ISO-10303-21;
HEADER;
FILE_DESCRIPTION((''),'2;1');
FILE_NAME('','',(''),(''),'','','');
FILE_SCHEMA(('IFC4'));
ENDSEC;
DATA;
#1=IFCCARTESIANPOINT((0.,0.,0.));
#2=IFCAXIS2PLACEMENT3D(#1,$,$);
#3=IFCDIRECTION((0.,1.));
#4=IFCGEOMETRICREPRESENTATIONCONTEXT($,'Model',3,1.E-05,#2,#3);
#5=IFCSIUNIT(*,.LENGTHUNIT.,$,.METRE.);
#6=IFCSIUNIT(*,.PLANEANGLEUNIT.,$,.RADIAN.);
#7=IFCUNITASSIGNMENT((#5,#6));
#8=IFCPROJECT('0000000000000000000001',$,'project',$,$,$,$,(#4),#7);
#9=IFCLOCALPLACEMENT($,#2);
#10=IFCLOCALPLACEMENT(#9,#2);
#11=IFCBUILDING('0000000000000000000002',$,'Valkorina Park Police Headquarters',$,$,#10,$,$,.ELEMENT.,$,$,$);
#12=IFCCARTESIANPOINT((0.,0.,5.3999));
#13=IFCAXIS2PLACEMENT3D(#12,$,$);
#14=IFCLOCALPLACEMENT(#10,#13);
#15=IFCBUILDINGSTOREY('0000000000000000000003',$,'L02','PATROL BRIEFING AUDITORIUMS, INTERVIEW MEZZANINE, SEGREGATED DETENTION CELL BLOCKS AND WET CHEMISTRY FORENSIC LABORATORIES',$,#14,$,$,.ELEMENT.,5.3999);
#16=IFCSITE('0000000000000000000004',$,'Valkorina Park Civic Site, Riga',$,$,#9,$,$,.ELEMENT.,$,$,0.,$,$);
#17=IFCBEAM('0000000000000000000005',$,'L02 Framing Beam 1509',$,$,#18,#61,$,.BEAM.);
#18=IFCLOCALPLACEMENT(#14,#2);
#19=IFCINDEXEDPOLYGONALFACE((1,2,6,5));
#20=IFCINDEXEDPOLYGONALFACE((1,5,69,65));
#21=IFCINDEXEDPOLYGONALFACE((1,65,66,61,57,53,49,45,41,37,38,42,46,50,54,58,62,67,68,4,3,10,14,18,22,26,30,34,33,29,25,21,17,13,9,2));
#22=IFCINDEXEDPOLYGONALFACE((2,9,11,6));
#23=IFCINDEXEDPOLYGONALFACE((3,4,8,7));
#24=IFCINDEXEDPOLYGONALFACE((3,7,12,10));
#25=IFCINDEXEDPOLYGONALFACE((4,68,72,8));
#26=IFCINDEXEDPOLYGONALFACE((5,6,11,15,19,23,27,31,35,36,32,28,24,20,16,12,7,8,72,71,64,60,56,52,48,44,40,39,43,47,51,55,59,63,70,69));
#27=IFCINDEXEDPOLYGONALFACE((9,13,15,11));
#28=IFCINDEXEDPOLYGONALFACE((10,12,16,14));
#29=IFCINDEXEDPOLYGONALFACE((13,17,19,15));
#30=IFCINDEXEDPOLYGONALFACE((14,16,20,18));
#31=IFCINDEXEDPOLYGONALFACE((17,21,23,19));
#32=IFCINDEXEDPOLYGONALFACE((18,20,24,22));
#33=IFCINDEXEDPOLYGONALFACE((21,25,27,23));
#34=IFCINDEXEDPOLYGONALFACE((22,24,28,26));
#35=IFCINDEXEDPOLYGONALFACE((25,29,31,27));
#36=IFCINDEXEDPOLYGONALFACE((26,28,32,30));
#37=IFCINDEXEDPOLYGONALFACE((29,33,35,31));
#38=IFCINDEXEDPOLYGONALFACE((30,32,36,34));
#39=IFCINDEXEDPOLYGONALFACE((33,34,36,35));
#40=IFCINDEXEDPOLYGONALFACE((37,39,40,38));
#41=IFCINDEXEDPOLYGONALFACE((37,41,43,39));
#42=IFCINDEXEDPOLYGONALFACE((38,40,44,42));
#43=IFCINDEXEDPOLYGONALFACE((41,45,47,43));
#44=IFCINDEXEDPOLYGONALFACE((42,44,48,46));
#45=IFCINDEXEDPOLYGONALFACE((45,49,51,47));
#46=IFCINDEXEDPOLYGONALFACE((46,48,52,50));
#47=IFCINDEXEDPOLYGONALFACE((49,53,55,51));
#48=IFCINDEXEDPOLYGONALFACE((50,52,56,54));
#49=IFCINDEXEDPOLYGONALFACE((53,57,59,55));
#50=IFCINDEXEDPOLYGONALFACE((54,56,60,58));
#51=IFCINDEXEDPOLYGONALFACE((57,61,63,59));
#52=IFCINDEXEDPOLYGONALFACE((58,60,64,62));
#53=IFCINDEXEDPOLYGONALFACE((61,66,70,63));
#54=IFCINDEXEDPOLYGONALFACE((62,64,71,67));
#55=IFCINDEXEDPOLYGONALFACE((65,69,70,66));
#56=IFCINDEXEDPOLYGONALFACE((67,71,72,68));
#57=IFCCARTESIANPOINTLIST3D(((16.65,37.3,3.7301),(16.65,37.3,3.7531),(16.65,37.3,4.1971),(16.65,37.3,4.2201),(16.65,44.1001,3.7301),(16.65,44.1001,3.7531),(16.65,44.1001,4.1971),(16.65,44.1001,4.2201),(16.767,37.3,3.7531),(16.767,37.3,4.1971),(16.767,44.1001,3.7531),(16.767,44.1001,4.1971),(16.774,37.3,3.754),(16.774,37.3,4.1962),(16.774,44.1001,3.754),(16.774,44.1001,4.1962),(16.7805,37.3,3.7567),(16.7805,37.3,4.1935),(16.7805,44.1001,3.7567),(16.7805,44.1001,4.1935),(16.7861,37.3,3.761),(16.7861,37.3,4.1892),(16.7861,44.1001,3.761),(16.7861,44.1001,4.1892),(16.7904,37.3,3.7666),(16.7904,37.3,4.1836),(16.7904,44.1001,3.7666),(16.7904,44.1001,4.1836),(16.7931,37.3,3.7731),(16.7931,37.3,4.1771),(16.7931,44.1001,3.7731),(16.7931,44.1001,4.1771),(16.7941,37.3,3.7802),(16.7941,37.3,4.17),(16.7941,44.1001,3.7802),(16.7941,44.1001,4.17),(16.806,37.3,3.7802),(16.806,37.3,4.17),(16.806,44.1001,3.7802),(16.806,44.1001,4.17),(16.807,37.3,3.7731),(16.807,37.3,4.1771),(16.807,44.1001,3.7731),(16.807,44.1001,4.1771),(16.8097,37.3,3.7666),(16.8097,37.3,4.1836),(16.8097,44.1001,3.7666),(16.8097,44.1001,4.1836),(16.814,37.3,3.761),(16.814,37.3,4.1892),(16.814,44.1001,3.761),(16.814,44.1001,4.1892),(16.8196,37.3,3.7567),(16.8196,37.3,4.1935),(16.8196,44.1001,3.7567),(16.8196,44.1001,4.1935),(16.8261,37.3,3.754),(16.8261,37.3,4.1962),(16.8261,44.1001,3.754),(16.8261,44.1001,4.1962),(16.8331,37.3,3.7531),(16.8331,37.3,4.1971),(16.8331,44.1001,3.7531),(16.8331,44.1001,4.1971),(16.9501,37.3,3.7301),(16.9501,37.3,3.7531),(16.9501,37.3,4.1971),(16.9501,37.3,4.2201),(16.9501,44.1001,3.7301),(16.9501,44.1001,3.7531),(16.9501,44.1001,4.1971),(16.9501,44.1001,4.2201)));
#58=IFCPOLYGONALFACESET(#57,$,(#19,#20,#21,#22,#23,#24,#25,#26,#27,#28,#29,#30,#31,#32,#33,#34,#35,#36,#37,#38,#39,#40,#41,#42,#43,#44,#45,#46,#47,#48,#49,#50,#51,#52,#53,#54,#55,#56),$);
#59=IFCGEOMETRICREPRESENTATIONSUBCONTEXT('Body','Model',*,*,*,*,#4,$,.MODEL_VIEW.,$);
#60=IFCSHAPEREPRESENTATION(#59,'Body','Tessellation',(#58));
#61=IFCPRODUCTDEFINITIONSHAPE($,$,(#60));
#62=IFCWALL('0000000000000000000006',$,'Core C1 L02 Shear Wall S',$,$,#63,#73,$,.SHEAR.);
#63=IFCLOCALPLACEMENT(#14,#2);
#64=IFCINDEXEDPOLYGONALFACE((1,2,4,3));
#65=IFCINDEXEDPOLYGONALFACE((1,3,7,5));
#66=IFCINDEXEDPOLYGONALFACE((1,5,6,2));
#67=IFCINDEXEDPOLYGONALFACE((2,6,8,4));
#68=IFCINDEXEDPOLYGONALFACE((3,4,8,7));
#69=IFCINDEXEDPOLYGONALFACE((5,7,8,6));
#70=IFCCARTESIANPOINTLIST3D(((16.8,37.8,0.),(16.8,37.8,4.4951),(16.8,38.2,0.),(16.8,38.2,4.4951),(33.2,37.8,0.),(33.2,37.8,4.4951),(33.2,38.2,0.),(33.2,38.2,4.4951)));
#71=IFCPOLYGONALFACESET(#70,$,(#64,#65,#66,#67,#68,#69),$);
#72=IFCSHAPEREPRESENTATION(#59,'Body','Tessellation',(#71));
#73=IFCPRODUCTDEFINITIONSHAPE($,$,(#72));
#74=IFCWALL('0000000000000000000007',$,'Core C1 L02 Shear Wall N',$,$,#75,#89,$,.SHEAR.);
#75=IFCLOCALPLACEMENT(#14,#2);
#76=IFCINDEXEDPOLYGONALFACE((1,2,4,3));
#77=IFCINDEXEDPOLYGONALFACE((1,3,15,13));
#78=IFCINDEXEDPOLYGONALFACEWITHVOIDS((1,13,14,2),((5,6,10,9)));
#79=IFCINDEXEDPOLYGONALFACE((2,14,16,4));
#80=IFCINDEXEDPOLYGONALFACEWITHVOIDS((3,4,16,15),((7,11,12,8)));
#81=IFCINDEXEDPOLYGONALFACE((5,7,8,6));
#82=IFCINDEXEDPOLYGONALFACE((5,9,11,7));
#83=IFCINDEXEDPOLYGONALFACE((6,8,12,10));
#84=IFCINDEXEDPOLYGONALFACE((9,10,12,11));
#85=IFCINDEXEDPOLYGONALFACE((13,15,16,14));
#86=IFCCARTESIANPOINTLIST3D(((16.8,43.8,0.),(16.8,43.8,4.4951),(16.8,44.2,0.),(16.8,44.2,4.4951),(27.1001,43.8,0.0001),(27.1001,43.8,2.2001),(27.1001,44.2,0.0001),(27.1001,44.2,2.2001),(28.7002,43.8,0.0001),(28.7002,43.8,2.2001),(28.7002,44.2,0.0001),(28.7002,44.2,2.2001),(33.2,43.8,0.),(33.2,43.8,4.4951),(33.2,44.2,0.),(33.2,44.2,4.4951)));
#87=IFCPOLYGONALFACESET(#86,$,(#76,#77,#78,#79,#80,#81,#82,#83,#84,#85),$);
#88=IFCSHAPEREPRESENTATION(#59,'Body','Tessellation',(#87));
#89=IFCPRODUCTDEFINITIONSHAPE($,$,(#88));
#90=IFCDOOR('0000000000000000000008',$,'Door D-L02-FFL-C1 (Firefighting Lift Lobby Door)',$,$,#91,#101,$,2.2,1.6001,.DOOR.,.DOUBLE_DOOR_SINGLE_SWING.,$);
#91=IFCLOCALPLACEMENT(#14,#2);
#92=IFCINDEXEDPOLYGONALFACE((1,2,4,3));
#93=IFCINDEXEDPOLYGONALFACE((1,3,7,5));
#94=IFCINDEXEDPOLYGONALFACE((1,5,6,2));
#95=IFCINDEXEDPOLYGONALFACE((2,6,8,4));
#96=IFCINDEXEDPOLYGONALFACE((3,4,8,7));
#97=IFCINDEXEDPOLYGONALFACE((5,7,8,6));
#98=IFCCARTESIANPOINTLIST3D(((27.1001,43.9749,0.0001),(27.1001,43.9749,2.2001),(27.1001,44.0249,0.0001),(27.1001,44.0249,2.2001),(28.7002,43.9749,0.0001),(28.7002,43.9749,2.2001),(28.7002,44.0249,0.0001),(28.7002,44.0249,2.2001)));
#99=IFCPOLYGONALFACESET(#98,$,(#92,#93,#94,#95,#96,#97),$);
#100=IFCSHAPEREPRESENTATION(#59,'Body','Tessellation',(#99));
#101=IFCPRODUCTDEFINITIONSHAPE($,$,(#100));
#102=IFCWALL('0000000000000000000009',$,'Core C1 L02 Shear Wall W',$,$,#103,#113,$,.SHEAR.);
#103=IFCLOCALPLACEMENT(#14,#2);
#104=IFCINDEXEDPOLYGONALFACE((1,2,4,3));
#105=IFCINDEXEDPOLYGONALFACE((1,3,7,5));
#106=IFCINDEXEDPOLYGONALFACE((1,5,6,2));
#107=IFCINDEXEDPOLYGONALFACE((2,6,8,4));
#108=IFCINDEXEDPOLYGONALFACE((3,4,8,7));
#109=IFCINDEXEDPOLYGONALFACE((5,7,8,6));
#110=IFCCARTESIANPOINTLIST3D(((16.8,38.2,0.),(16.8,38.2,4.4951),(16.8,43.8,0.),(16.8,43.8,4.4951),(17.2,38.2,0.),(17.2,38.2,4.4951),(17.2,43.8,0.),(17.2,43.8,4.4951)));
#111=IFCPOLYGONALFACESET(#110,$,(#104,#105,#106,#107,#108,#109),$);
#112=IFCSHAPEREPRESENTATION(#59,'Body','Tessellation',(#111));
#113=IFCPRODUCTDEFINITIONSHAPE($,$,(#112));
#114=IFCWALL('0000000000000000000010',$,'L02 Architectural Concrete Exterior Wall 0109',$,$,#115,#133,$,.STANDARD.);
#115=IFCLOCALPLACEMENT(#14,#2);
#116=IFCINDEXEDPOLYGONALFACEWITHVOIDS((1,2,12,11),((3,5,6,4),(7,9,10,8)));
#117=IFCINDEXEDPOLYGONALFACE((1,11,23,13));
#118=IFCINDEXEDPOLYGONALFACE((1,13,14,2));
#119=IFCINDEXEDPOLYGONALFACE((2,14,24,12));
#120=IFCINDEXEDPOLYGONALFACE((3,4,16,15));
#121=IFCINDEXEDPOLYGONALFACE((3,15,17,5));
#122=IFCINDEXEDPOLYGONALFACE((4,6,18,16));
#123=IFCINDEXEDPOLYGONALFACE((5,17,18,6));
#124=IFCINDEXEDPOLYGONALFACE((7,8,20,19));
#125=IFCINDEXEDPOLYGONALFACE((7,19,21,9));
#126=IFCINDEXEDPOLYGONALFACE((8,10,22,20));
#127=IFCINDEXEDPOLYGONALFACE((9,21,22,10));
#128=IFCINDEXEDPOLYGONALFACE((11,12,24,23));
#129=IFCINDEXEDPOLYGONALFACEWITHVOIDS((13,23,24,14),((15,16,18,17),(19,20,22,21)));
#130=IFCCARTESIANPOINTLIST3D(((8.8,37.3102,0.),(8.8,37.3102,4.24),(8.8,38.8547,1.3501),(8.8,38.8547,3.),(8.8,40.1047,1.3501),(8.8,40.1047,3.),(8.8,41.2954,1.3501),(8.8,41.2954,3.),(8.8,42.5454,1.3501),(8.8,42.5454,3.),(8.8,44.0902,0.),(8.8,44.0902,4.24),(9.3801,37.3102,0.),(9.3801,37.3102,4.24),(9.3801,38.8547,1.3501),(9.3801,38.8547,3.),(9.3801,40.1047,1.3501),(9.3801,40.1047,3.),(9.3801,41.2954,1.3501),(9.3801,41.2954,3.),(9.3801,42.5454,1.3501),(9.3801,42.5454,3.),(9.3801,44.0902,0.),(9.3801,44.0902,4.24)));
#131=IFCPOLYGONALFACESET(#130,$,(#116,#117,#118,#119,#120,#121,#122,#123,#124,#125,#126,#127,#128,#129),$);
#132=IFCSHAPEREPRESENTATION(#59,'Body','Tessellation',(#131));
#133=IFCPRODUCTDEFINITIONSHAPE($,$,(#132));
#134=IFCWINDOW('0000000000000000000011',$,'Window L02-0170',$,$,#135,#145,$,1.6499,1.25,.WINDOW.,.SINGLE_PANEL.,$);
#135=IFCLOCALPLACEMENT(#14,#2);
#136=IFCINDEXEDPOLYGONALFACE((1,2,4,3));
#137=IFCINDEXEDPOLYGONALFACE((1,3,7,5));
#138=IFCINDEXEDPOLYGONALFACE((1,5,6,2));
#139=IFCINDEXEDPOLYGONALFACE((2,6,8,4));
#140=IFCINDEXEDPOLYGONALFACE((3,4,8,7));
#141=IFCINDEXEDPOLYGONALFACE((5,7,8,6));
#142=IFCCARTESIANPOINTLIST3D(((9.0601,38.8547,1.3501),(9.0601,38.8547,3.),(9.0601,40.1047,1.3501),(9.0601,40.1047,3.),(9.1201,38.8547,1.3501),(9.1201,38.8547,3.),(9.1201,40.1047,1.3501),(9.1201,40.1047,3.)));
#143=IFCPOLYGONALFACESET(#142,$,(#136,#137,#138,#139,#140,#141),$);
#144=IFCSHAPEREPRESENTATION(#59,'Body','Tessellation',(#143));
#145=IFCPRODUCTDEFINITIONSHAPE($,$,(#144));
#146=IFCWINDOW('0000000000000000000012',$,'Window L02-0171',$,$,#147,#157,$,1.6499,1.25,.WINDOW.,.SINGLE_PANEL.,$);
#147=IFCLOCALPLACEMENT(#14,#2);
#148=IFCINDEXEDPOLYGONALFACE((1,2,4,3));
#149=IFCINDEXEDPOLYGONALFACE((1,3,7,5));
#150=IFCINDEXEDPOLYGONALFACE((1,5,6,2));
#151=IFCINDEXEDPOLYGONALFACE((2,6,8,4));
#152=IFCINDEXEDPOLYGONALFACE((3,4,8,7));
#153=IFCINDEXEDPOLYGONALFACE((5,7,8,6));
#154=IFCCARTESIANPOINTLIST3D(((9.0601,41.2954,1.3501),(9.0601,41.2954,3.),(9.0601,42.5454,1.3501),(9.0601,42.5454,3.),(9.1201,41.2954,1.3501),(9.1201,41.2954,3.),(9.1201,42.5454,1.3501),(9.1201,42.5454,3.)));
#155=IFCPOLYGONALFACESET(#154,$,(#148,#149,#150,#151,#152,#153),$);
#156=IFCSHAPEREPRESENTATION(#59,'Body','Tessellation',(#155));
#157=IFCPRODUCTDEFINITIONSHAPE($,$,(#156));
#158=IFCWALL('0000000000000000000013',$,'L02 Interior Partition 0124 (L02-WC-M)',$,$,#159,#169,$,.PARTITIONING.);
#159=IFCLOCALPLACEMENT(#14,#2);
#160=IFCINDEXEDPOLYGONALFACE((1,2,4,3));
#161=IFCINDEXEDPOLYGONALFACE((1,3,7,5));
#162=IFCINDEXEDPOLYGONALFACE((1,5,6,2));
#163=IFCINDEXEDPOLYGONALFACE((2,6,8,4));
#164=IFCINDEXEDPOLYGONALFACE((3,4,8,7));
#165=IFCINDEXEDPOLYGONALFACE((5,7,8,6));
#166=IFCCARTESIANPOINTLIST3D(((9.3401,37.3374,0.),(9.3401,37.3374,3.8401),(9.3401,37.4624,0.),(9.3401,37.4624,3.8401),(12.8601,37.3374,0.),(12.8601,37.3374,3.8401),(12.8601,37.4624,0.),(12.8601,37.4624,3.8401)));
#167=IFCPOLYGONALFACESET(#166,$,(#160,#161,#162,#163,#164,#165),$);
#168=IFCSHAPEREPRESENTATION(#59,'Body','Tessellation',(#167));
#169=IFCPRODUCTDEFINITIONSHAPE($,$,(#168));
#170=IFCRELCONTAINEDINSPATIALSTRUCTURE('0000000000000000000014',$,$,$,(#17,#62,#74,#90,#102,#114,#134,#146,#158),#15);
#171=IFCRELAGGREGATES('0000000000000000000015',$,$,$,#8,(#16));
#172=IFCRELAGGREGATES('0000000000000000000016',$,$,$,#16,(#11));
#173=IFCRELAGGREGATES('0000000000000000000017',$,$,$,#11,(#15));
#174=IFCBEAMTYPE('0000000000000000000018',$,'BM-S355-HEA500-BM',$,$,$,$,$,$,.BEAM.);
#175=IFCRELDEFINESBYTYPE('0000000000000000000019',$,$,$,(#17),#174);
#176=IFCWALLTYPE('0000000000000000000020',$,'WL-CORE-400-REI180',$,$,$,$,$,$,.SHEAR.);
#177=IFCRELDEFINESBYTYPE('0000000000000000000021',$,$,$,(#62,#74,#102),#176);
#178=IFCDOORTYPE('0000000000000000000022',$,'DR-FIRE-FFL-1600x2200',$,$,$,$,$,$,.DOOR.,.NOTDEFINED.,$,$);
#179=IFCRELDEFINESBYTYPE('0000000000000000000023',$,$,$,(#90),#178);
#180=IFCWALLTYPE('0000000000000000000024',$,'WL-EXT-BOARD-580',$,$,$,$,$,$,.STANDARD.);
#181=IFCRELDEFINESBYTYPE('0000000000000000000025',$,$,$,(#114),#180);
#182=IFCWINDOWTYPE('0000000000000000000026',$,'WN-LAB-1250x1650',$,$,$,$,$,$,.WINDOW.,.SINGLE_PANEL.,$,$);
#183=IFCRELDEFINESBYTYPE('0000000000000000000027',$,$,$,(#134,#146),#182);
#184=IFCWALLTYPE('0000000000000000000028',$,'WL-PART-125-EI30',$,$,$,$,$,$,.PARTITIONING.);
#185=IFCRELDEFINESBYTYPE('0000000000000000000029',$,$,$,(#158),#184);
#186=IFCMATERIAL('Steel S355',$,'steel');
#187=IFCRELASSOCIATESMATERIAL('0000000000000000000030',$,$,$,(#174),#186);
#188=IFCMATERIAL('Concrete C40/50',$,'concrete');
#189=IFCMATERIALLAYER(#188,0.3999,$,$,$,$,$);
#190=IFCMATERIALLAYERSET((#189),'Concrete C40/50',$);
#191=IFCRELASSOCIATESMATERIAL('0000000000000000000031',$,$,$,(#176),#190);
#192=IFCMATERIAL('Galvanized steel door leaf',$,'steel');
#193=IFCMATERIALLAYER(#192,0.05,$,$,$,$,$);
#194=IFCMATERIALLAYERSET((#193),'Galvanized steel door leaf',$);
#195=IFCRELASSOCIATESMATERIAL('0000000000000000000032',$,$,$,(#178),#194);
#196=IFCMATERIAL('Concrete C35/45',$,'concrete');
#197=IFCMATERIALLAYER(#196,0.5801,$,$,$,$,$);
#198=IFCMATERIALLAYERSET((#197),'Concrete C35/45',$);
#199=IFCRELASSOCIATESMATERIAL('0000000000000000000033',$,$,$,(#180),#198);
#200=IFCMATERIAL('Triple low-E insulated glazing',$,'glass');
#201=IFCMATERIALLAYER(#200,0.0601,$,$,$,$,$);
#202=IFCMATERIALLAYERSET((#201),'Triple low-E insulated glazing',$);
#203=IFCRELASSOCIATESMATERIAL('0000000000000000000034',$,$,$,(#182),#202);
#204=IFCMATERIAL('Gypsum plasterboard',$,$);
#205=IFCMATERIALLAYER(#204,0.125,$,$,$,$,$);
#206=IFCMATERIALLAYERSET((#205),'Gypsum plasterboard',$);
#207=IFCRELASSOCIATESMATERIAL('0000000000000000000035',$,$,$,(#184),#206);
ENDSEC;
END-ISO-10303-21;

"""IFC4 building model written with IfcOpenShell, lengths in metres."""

from ifc_helpers import new_model, si_unit, direction, frame, frame_2d, origin, origin_2d, place, context, subcontext, project, spatial, rectangle, i_section, extrude, material, layer, layer_set, material_profile, profile_set, type_object, element, fill, save


model = new_model("IFC4")

# Units and contexts
model_context = context("Model", 3, precision=1e-05, world=origin(), true_north=direction((0.0, 1.0)))
body_context = subcontext(model_context, "Body", "Model", "MODEL_VIEW")
ifc_project = project(units=[si_unit("LENGTHUNIT", "METRE"), si_unit("PLANEANGLEUNIT", "RADIAN")], contexts=[model_context])

# Site, building, storey
site_placement = place(None, origin())
site = spatial("IfcSite", under=ifc_project, at=site_placement, Name="Valkorina Park Civic Site, Riga", CompositionType="ELEMENT", RefElevation=0.0)
building_placement = place(site_placement, origin())
building = spatial("IfcBuilding", under=site, at=building_placement, Name="Valkorina Park Police Headquarters", CompositionType="ELEMENT")
storey_placement = place(building_placement, frame((0.0, 0.0, 5.3999)))
storey = spatial("IfcBuildingStorey", under=building, at=storey_placement, Name="L02", Description="PATROL BRIEFING AUDITORIUMS, INTERVIEW MEZZANINE, SEGREGATED DETENTION CELL BLOCKS AND WET CHEMISTRY FORENSIC LABORATORIES", CompositionType="ELEMENT", Elevation=5.3999)

# Beam
ifc_material_1 = material(Name="Steel S355", Category="steel")
ifc_material_profile = material_profile(ifc_material_1, i_section(OverallWidth=0.3, OverallDepth=0.49, WebThickness=0.012, FlangeThickness=0.0229, FilletRadius=0.0271, at=origin_2d()), Name="HEA 500")
ifc_profile_set = profile_set([ifc_material_profile], Name="Steel S355")
beam_type = type_object("IfcBeamType", Name="BM-S355-HEA500-BM", PredefinedType="BEAM", material=ifc_profile_set)
beam_placement = place(storey_placement, frame((16.8, 37.3, 3.9751), z_axis=(0.0, 1.0, 0.0), x_axis=(-1.0, 0.0, 0.0)))
element("IfcBeam", 1, at=beam_placement, inside=storey, type_object=beam_type, Name="L02 Framing Beam 1509", PredefinedType="BEAM", context=body_context, shape_type="SweptSolid", body=[
    extrude(i_section(OverallWidth=0.3, OverallDepth=0.49, WebThickness=0.012, FlangeThickness=0.0229, FilletRadius=0.0271, at=origin_2d()), origin(), (0.0, 0.0, 1.0), 6.8),
])

# Wall
ifc_material_2 = material(Name="Concrete C40/50", Category="concrete")
ifc_layer_1 = layer(ifc_material_2, 0.3999)
ifc_layer_set_1 = layer_set([ifc_layer_1], Name="Concrete C40/50")
wall_type_1 = type_object("IfcWallType", Name="WL-CORE-400-REI180", PredefinedType="SHEAR", material=ifc_layer_set_1)
wall_1_placement = place(storey_placement, frame((16.8, 38.0, 0.0), z_axis=(0.0, 0.0, 1.0), x_axis=(1.0, 0.0, 0.0)))
element("IfcWall", 2, at=wall_1_placement, inside=storey, type_object=wall_type_1, Name="Core C1 L02 Shear Wall S", PredefinedType="SHEAR", context=body_context, shape_type="SweptSolid", body=[
    extrude(rectangle(XDim=16.3999, YDim=0.3999, at=frame_2d((8.2, 0.0))), origin(), (0.0, 0.0, 1.0), 4.4951),
])

# Wall, opening, door
wall_2_placement = place(storey_placement, frame((16.8, 44.0, 0.0), z_axis=(0.0, 0.0, 1.0), x_axis=(1.0, 0.0, 0.0)))
wall_2 = element("IfcWall", 3, at=wall_2_placement, inside=storey, type_object=wall_type_1, Name="Core C1 L02 Shear Wall N", PredefinedType="SHEAR", context=body_context, shape_type="SweptSolid", body=[
    extrude(rectangle(XDim=16.3999, YDim=0.3999, at=frame_2d((8.2, 0.0))), origin(), (0.0, 0.0, 1.0), 4.4951),
])
opening_1_placement = place(wall_2_placement, frame((10.3, 0.0, 0.0)))
opening_1 = element("IfcOpeningElement", 4, at=opening_1_placement, cuts=wall_2, PredefinedType="OPENING", context=body_context, shape_type="SweptSolid", body=[
    extrude(rectangle(XDim=1.6001, YDim=2.2, at=frame_2d((0.8, 1.1001))), frame((0.0, 0.21, 0.0), z_axis=(0.0, -1.0, 0.0), x_axis=(1.0, 0.0, 0.0)), (0.0, 0.0, 1.0), 0.4199),
])
ifc_material_3 = material(Name="Galvanized steel door leaf", Category="steel")
ifc_layer_2 = layer(ifc_material_3, 0.05)
ifc_layer_set_2 = layer_set([ifc_layer_2], Name="Galvanized steel door leaf")
door_type_1 = type_object("IfcDoorType", Name="DR-FIRE-FFL-1600x2200", OperationType="NOTDEFINED", PredefinedType="DOOR", material=ifc_layer_set_2)
door_1_placement = place(opening_1_placement, origin())
door_1 = element("IfcDoor", 5, at=door_1_placement, inside=storey, type_object=door_type_1, Name="Door D-L02-FFL-C1 (Firefighting Lift Lobby Door)", OperationType="DOUBLE_DOOR_SINGLE_SWING", OverallHeight=2.2, OverallWidth=1.6001, PredefinedType="DOOR", context=body_context, shape_type="SweptSolid", body=[
    extrude(rectangle(XDim=1.6001, YDim=2.2, at=frame_2d((0.8, 1.1001))), frame((0.0, 0.0249, 0.0), z_axis=(0.0, -1.0, 0.0), x_axis=(1.0, 0.0, 0.0)), (0.0, 0.0, 1.0), 0.05),
])
fill(opening_1, door_1)

# Wall
wall_3_placement = place(storey_placement, frame((17.0, 38.2, 0.0), z_axis=(0.0, 0.0, 1.0), x_axis=(0.0, 1.0, 0.0)))
element("IfcWall", 6, at=wall_3_placement, inside=storey, type_object=wall_type_1, Name="Core C1 L02 Shear Wall W", PredefinedType="SHEAR", context=body_context, shape_type="SweptSolid", body=[
    extrude(rectangle(XDim=5.6001, YDim=0.3999, at=frame_2d((2.8, 0.0))), origin(), (0.0, 0.0, 1.0), 4.4951),
])

# Wall, openings, windows
ifc_material_4 = material(Name="Concrete C35/45", Category="concrete")
ifc_layer_3 = layer(ifc_material_4, 0.5801)
ifc_layer_set_3 = layer_set([ifc_layer_3], Name="Concrete C35/45")
wall_type_2 = type_object("IfcWallType", Name="WL-EXT-BOARD-580", PredefinedType="STANDARD", material=ifc_layer_set_3)
wall_4_placement = place(storey_placement, frame((9.0901, 37.3101, 0.0), z_axis=(0.0, 0.0, 1.0), x_axis=(0.0, 1.0, 0.0)))
wall_4 = element("IfcWall", 7, at=wall_4_placement, inside=storey, type_object=wall_type_2, Name="L02 Architectural Concrete Exterior Wall 0109", PredefinedType="STANDARD", context=body_context, shape_type="SweptSolid", body=[
    extrude(rectangle(XDim=6.78, YDim=0.5801, at=frame_2d((3.3901, 0.0))), origin(), (0.0, 0.0, 1.0), 4.24),
])
opening_2_placement = place(wall_4_placement, frame((1.5447, 0.0, 1.3501)))
opening_2 = element("IfcOpeningElement", 8, at=opening_2_placement, cuts=wall_4, PredefinedType="OPENING", context=body_context, shape_type="SweptSolid", body=[
    extrude(rectangle(XDim=1.25, YDim=1.6499, at=frame_2d((0.625, 0.825))), frame((0.0, 0.3, 0.0), z_axis=(0.0, -1.0, 0.0), x_axis=(1.0, 0.0, 0.0)), (0.0, 0.0, 1.0), 0.6001),
])
opening_3_placement = place(wall_4_placement, frame((3.9854, 0.0, 1.3501)))
opening_3 = element("IfcOpeningElement", 9, at=opening_3_placement, cuts=wall_4, PredefinedType="OPENING", context=body_context, shape_type="SweptSolid", body=[
    extrude(rectangle(XDim=1.25, YDim=1.6499, at=frame_2d((0.625, 0.825))), frame((0.0, 0.3, 0.0), z_axis=(0.0, -1.0, 0.0), x_axis=(1.0, 0.0, 0.0)), (0.0, 0.0, 1.0), 0.6001),
])
ifc_material_5 = material(Name="Triple low-E insulated glazing", Category="glass")
ifc_layer_4 = layer(ifc_material_5, 0.0601)
ifc_layer_set_4 = layer_set([ifc_layer_4], Name="Triple low-E insulated glazing")
window_type = type_object("IfcWindowType", Name="WN-LAB-1250x1650", PartitioningType="SINGLE_PANEL", PredefinedType="WINDOW", material=ifc_layer_set_4)
window_1_placement = place(opening_2_placement, origin())
window_1 = element("IfcWindow", 10, at=window_1_placement, inside=storey, type_object=window_type, Name="Window L02-0170", OverallHeight=1.6499, OverallWidth=1.25, PartitioningType="SINGLE_PANEL", PredefinedType="WINDOW", context=body_context, shape_type="SweptSolid", body=[
    extrude(rectangle(XDim=1.25, YDim=1.6499, at=frame_2d((0.625, 0.825))), frame((0.0, 0.03, 0.0), z_axis=(0.0, -1.0, 0.0), x_axis=(1.0, 0.0, 0.0)), (0.0, 0.0, 1.0), 0.0601),
])
fill(opening_2, window_1)
window_2_placement = place(opening_3_placement, origin())
window_2 = element("IfcWindow", 11, at=window_2_placement, inside=storey, type_object=window_type, Name="Window L02-0171", OverallHeight=1.6499, OverallWidth=1.25, PartitioningType="SINGLE_PANEL", PredefinedType="WINDOW", context=body_context, shape_type="SweptSolid", body=[
    extrude(rectangle(XDim=1.25, YDim=1.6499, at=frame_2d((0.625, 0.825))), frame((0.0, 0.03, 0.0), z_axis=(0.0, -1.0, 0.0), x_axis=(1.0, 0.0, 0.0)), (0.0, 0.0, 1.0), 0.0601),
])
fill(opening_3, window_2)

# Wall
ifc_material_6 = material(Name="Gypsum plasterboard")
ifc_layer_5 = layer(ifc_material_6, 0.125)
ifc_layer_set_5 = layer_set([ifc_layer_5], Name="Gypsum plasterboard")
wall_type_3 = type_object("IfcWallType", Name="WL-PART-125-EI30", PredefinedType="PARTITIONING", material=ifc_layer_set_5)
wall_5_placement = place(storey_placement, frame((9.3401, 37.3999, 0.0), z_axis=(0.0, 0.0, 1.0), x_axis=(1.0, 0.0, 0.0)))
element("IfcWall", 12, at=wall_5_placement, inside=storey, type_object=wall_type_3, Name="L02 Interior Partition 0124 (L02-WC-M)", PredefinedType="PARTITIONING", context=body_context, shape_type="SweptSolid", body=[
    extrude(rectangle(XDim=3.52, YDim=0.125, at=frame_2d((1.76, 0.0))), origin(), (0.0, 0.0, 1.0), 3.8401),
])

save(model, "model.ifc")
